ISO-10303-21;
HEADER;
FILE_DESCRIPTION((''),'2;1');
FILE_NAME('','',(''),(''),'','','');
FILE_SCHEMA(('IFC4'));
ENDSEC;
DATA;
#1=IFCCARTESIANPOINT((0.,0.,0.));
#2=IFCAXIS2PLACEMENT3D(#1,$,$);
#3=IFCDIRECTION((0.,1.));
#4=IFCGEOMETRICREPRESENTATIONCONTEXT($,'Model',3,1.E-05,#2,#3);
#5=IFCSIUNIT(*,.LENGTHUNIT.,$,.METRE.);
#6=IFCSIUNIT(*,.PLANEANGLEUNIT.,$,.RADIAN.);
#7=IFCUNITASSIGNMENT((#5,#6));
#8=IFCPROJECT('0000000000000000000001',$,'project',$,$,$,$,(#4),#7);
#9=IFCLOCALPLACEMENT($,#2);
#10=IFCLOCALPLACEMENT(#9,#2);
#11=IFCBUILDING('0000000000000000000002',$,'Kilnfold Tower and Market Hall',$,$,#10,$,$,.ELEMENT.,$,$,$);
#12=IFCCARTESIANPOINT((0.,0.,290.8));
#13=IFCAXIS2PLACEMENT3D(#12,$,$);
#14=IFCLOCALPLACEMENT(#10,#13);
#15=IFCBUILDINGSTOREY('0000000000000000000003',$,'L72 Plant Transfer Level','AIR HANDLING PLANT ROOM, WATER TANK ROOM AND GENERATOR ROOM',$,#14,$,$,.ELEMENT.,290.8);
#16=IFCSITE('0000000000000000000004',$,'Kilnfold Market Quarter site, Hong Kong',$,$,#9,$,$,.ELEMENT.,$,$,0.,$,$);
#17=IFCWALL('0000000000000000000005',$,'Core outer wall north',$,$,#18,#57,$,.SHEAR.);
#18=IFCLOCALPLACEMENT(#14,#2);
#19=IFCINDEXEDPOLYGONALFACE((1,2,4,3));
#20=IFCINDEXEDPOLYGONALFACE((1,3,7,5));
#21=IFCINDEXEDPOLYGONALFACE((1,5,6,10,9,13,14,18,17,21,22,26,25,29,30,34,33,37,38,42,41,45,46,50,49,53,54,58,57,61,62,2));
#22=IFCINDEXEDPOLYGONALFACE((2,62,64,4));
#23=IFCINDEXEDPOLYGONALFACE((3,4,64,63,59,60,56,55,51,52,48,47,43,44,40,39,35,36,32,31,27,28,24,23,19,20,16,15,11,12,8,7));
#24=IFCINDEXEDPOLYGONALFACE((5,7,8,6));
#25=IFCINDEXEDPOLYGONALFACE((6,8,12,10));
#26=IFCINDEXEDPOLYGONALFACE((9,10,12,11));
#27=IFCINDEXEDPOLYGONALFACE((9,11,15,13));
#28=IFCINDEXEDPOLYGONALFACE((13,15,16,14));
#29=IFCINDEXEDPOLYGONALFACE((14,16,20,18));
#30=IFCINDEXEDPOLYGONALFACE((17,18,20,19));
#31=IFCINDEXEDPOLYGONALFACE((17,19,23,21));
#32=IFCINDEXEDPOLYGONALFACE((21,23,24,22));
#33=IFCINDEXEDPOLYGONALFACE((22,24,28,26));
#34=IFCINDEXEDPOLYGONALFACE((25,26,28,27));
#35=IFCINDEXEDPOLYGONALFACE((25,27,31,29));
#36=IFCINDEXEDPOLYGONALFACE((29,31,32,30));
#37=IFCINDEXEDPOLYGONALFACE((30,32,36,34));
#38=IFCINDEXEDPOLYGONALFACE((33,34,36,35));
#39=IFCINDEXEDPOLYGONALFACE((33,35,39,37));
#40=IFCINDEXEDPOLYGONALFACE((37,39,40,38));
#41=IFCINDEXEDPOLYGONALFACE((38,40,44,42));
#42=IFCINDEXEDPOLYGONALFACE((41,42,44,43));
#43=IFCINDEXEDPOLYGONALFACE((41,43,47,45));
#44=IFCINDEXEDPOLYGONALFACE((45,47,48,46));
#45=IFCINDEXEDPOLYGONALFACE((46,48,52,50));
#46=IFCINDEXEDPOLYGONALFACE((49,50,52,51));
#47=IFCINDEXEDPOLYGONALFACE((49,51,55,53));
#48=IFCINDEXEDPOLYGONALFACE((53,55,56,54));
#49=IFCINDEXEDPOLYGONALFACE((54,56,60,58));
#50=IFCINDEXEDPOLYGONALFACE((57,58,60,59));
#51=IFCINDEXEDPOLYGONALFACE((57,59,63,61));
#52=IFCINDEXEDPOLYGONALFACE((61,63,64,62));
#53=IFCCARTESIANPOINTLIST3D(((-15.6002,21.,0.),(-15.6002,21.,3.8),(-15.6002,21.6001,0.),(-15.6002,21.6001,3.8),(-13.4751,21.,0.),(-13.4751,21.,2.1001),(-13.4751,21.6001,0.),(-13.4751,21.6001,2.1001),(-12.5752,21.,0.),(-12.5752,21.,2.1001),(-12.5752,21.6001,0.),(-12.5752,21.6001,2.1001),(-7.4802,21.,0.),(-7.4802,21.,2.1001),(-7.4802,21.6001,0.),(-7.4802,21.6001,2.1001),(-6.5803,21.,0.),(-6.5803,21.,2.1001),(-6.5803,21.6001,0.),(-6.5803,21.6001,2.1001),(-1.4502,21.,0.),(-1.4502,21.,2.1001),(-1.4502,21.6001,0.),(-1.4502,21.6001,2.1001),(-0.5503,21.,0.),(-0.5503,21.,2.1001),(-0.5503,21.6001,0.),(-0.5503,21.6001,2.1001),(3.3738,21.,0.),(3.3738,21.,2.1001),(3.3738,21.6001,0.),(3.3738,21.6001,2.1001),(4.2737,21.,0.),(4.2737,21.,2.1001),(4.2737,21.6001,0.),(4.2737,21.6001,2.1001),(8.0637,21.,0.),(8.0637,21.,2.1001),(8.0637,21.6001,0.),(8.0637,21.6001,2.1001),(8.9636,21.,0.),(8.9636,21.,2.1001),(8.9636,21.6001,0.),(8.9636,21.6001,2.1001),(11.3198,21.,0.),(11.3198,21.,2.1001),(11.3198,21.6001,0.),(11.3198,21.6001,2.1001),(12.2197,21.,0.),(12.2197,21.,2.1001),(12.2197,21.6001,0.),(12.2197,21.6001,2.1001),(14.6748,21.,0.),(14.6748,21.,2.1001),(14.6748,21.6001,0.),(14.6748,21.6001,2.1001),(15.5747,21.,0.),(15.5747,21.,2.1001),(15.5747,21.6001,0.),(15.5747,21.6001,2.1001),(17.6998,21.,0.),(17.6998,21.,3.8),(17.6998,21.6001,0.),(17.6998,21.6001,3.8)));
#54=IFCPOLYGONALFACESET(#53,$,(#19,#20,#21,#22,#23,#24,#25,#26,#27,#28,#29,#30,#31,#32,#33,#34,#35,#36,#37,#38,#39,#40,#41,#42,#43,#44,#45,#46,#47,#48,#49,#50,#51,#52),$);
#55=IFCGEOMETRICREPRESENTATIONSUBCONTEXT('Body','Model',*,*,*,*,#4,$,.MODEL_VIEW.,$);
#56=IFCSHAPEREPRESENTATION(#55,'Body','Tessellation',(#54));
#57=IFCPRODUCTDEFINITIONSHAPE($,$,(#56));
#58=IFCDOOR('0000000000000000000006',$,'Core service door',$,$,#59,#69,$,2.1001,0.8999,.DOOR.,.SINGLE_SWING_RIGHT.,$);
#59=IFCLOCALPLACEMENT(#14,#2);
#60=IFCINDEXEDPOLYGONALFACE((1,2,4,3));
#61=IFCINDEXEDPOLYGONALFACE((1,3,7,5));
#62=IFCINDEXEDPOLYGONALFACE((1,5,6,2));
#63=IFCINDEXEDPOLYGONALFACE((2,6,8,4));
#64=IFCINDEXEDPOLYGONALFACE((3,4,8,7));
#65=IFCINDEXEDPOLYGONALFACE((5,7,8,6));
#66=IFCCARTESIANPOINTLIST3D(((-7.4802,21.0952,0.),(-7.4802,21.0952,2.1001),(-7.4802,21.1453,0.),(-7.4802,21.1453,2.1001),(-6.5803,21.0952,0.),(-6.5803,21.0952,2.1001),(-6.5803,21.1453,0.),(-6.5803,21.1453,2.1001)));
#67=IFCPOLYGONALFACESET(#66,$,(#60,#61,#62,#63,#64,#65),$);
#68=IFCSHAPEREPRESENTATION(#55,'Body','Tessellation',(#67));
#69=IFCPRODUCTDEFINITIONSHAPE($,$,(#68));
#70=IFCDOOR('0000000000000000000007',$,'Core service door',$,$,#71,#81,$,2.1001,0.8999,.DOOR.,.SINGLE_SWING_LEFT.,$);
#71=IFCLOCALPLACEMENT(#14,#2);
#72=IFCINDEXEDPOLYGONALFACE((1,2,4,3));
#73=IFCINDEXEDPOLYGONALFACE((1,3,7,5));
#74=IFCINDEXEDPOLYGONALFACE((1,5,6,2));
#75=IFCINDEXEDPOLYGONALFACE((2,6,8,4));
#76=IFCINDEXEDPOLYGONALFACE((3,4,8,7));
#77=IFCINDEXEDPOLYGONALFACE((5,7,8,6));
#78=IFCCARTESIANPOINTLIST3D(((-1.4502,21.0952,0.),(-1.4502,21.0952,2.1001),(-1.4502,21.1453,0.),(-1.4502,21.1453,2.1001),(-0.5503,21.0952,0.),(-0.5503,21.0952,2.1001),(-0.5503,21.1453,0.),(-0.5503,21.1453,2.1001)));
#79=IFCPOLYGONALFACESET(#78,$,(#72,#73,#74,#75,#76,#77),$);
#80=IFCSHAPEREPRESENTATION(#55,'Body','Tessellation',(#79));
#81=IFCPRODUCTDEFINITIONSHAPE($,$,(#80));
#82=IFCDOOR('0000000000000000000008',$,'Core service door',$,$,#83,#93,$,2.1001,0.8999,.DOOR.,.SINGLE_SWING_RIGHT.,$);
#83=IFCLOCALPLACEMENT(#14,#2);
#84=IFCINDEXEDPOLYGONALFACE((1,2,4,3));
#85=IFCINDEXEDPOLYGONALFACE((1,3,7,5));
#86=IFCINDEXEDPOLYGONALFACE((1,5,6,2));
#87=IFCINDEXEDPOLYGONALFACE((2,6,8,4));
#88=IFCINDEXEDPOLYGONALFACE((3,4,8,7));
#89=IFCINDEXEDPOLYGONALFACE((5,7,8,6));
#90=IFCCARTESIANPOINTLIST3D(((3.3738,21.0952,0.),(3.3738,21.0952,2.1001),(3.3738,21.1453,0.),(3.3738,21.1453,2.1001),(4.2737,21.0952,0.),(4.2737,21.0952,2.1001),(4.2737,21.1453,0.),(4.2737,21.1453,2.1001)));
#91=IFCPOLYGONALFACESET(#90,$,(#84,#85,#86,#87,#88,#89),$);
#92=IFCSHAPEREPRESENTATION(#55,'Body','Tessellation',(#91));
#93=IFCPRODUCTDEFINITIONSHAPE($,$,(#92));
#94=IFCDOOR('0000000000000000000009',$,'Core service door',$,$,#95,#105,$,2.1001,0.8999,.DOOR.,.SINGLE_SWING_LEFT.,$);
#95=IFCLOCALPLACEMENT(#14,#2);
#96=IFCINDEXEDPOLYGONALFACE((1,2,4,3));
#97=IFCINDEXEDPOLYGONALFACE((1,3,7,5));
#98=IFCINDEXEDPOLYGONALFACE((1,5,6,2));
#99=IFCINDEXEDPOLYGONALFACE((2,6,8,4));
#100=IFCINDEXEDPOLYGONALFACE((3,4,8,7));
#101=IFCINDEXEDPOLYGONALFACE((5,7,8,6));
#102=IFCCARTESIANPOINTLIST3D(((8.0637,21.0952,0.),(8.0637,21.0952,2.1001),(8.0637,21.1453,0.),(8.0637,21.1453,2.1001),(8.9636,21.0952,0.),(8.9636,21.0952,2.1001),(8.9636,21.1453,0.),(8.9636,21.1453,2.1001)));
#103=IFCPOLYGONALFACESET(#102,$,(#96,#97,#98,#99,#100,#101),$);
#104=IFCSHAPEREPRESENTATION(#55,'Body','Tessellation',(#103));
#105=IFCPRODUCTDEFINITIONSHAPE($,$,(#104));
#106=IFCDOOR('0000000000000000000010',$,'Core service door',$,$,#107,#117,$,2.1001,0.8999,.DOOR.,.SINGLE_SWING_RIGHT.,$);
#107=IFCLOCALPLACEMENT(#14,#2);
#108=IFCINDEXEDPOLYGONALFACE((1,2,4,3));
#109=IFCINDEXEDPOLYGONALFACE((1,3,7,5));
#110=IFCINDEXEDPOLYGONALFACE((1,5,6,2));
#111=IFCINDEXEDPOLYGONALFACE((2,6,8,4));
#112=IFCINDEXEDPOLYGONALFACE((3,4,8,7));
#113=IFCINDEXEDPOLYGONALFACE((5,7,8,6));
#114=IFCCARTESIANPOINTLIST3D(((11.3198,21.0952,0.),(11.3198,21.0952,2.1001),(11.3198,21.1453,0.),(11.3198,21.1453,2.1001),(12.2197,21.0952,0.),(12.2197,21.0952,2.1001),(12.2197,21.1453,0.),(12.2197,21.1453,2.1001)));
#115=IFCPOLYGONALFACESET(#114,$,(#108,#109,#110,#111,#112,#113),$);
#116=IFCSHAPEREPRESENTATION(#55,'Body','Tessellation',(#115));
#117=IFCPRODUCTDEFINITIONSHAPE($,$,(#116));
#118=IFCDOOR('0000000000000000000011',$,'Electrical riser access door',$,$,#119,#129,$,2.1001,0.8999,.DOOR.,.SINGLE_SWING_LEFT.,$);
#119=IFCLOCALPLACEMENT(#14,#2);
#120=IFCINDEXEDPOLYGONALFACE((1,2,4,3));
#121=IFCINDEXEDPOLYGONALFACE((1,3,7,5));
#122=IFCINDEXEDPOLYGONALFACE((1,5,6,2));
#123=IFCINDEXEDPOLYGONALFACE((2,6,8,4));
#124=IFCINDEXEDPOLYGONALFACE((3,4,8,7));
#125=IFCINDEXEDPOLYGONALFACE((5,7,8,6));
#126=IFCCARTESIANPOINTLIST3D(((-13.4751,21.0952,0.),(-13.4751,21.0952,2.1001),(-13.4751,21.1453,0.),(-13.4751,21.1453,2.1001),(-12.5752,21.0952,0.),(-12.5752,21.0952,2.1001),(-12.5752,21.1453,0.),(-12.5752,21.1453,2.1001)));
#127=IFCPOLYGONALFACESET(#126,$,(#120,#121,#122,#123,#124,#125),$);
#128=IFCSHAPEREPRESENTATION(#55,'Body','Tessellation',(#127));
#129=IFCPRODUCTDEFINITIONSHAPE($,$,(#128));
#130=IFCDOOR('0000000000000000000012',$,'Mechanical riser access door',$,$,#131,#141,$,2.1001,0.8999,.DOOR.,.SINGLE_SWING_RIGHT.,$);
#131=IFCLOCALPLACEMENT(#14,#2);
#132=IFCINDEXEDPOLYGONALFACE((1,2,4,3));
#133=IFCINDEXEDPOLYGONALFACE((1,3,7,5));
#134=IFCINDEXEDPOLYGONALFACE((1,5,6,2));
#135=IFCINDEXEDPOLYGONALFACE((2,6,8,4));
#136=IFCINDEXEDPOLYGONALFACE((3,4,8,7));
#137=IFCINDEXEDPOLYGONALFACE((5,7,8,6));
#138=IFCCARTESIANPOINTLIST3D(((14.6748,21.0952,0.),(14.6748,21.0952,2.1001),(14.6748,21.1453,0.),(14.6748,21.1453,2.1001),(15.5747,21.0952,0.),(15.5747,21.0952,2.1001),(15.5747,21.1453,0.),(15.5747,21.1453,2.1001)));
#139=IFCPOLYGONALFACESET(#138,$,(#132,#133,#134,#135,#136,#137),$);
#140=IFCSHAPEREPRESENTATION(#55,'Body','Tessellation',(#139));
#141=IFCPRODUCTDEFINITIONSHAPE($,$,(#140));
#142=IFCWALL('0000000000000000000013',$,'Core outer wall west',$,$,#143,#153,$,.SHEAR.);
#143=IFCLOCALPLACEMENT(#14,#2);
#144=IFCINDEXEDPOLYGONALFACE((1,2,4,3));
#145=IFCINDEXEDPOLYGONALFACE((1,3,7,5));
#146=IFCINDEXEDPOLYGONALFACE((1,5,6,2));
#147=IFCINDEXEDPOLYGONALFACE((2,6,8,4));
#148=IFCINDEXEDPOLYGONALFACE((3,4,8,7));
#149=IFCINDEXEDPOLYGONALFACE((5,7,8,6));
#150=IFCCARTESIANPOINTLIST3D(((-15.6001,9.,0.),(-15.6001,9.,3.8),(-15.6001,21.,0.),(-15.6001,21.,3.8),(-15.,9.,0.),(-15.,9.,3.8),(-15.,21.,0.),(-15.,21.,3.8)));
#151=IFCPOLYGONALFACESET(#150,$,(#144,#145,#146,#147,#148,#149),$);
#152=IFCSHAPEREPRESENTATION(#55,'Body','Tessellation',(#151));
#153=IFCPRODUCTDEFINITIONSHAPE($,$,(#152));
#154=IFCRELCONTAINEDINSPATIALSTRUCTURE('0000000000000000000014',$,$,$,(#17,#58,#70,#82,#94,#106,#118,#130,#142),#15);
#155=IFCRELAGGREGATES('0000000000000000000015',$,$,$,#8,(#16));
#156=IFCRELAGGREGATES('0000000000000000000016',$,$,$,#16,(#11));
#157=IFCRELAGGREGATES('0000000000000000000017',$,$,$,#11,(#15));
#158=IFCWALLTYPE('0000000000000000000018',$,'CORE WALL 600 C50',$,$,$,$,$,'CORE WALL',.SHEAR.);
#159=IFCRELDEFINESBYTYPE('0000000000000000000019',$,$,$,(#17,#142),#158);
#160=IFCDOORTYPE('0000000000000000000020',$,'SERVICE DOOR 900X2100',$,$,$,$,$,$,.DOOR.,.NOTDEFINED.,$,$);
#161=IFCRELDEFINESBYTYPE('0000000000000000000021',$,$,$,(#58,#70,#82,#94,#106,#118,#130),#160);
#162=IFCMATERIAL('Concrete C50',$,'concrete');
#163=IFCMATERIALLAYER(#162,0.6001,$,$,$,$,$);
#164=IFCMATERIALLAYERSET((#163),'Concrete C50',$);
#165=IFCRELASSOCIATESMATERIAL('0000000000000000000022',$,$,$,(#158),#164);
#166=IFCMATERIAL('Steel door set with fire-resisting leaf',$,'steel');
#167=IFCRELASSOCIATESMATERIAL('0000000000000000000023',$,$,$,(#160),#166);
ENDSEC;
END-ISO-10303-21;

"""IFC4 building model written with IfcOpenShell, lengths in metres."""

from ifc_helpers import new_model, si_unit, direction, frame, frame_2d, origin, place, context, subcontext, project, spatial, rectangle, extrude, source, transform, mapped, material, layer, layer_set, type_object, element, fill, save


model = new_model("IFC4")

# Units and contexts
model_context = context("Model", 3, precision=1e-05, world=origin(), true_north=direction((0.0, 1.0)))
body_context = subcontext(model_context, "Body", "Model", "MODEL_VIEW")
ifc_project = project(units=[si_unit("LENGTHUNIT", "METRE"), si_unit("PLANEANGLEUNIT", "RADIAN")], contexts=[model_context])

# Site, building, storey
site_placement = place(None, origin())
site = spatial("IfcSite", under=ifc_project, at=site_placement, Name="Kilnfold Market Quarter site, Hong Kong", CompositionType="ELEMENT", RefElevation=0.0)
building_placement = place(site_placement, origin())
building = spatial("IfcBuilding", under=site, at=building_placement, Name="Kilnfold Tower and Market Hall", CompositionType="ELEMENT")
storey_placement = place(building_placement, frame((0.0, 0.0, 290.8)))
storey = spatial("IfcBuildingStorey", under=building, at=storey_placement, Name="L72 Plant Transfer Level", Description="AIR HANDLING PLANT ROOM, WATER TANK ROOM AND GENERATOR ROOM", CompositionType="ELEMENT", Elevation=290.8)

# Shared definitions
ifc_material_1 = material(Name="Concrete C50", Category="concrete")
ifc_layer_1 = layer(ifc_material_1, 0.6001)
ifc_layer_set_1 = layer_set([ifc_layer_1], Name="Concrete C50")
wall_type_1 = type_object("IfcWallType", Name="CORE WALL 600 C50", ElementType="CORE WALL", PredefinedType="SHEAR", material=ifc_layer_set_1)

# Wall, openings, doors
shared_shape_1 = source(origin(), body_context, "Body", "SweptSolid", [
    extrude(rectangle(XDim=33.3, YDim=0.6001, at=frame_2d((16.6499, 0.0))), origin(), (0.0, 0.0, 1.0), 3.8),
])
wall_1_placement = place(storey_placement, frame((-15.6001, 21.3, 0.0), z_axis=(0.0, 0.0, 1.0), x_axis=(1.0, 0.0, 0.0)))
wall_1 = element("IfcWall", 1, at=wall_1_placement, inside=storey, type_object=wall_type_1, Name="Core outer wall north", PredefinedType="SHEAR", context=body_context, shape_type="MappedRepresentation", body=[
    mapped(shared_shape_1, transform((0.0, 0.0, 0.0))),
])
opening_1_placement = place(wall_1_placement, frame((8.1199, 0.0, 0.0)))
opening_1 = element("IfcOpeningElement", 2, at=opening_1_placement, cuts=wall_1, PredefinedType="OPENING", context=body_context, shape_type="SweptSolid", body=[
    extrude(rectangle(XDim=0.8999, YDim=2.1001, at=frame_2d((0.45, 1.05))), frame((0.0, 0.3101, 0.0), z_axis=(0.0, -1.0, 0.0), x_axis=(1.0, 0.0, 0.0)), (0.0, 0.0, 1.0), 0.6201),
])
opening_2_placement = place(wall_1_placement, frame((14.1499, 0.0, 0.0)))
opening_2 = element("IfcOpeningElement", 3, at=opening_2_placement, cuts=wall_1, PredefinedType="OPENING", context=body_context, shape_type="SweptSolid", body=[
    extrude(rectangle(XDim=0.8999, YDim=2.1001, at=frame_2d((0.45, 1.05))), frame((0.0, 0.3101, 0.0), z_axis=(0.0, -1.0, 0.0), x_axis=(1.0, 0.0, 0.0)), (0.0, 0.0, 1.0), 0.6201),
])
opening_3_placement = place(wall_1_placement, frame((18.9739, 0.0, 0.0)))
opening_3 = element("IfcOpeningElement", 4, at=opening_3_placement, cuts=wall_1, PredefinedType="OPENING", context=body_context, shape_type="SweptSolid", body=[
    extrude(rectangle(XDim=0.8999, YDim=2.1001, at=frame_2d((0.45, 1.05))), frame((0.0, 0.3101, 0.0), z_axis=(0.0, -1.0, 0.0), x_axis=(1.0, 0.0, 0.0)), (0.0, 0.0, 1.0), 0.6201),
])
opening_4_placement = place(wall_1_placement, frame((23.6638, 0.0, 0.0)))
opening_4 = element("IfcOpeningElement", 5, at=opening_4_placement, cuts=wall_1, PredefinedType="OPENING", context=body_context, shape_type="SweptSolid", body=[
    extrude(rectangle(XDim=0.8999, YDim=2.1001, at=frame_2d((0.45, 1.05))), frame((0.0, 0.3101, 0.0), z_axis=(0.0, -1.0, 0.0), x_axis=(1.0, 0.0, 0.0)), (0.0, 0.0, 1.0), 0.6201),
])
opening_5_placement = place(wall_1_placement, frame((26.9199, 0.0, 0.0)))
opening_5 = element("IfcOpeningElement", 6, at=opening_5_placement, cuts=wall_1, PredefinedType="OPENING", context=body_context, shape_type="SweptSolid", body=[
    extrude(rectangle(XDim=0.8999, YDim=2.1001, at=frame_2d((0.45, 1.05))), frame((0.0, 0.3101, 0.0), z_axis=(0.0, -1.0, 0.0), x_axis=(1.0, 0.0, 0.0)), (0.0, 0.0, 1.0), 0.6201),
])
opening_6_placement = place(wall_1_placement, frame((2.125, 0.0, 0.0)))
opening_6 = element("IfcOpeningElement", 7, at=opening_6_placement, cuts=wall_1, PredefinedType="OPENING", context=body_context, shape_type="SweptSolid", body=[
    extrude(rectangle(XDim=0.8999, YDim=2.1001, at=frame_2d((0.45, 1.05))), frame((0.0, 0.3101, 0.0), z_axis=(0.0, -1.0, 0.0), x_axis=(1.0, 0.0, 0.0)), (0.0, 0.0, 1.0), 0.6201),
])
opening_7_placement = place(wall_1_placement, frame((30.2749, 0.0, 0.0)))
opening_7 = element("IfcOpeningElement", 8, at=opening_7_placement, cuts=wall_1, PredefinedType="OPENING", context=body_context, shape_type="SweptSolid", body=[
    extrude(rectangle(XDim=0.8999, YDim=2.1001, at=frame_2d((0.45, 1.05))), frame((0.0, 0.3101, 0.0), z_axis=(0.0, -1.0, 0.0), x_axis=(1.0, 0.0, 0.0)), (0.0, 0.0, 1.0), 0.6201),
])
ifc_material_2 = material(Name="Steel door set with fire-resisting leaf", Category="steel")
door_type_1 = type_object("IfcDoorType", Name="SERVICE DOOR 900X2100", OperationType="NOTDEFINED", PredefinedType="DOOR", material=ifc_material_2)
door_1_placement = place(opening_1_placement, origin())
door_1 = element("IfcDoor", 9, at=door_1_placement, inside=storey, type_object=door_type_1, Name="Core service door", OperationType="SINGLE_SWING_RIGHT", OverallHeight=2.1001, OverallWidth=0.8999, PredefinedType="DOOR", context=body_context, shape_type="SweptSolid", body=[
    extrude(rectangle(XDim=0.8999, YDim=2.1001, at=frame_2d((0.45, 1.05))), frame((0.0, -0.1548, 0.0), z_axis=(0.0, -1.0, 0.0), x_axis=(1.0, 0.0, 0.0)), (0.0, 0.0, 1.0), 0.05),
])
fill(opening_1, door_1)
door_2_placement = place(opening_2_placement, origin())
door_2 = element("IfcDoor", 10, at=door_2_placement, inside=storey, type_object=door_type_1, Name="Core service door", OperationType="SINGLE_SWING_LEFT", OverallHeight=2.1001, OverallWidth=0.8999, PredefinedType="DOOR", context=body_context, shape_type="SweptSolid", body=[
    extrude(rectangle(XDim=0.8999, YDim=2.1001, at=frame_2d((0.45, 1.05))), frame((0.0, -0.1548, 0.0), z_axis=(0.0, -1.0, 0.0), x_axis=(1.0, 0.0, 0.0)), (0.0, 0.0, 1.0), 0.05),
])
fill(opening_2, door_2)
door_3_placement = place(opening_3_placement, origin())
door_3 = element("IfcDoor", 11, at=door_3_placement, inside=storey, type_object=door_type_1, Name="Core service door", OperationType="SINGLE_SWING_RIGHT", OverallHeight=2.1001, OverallWidth=0.8999, PredefinedType="DOOR", context=body_context, shape_type="SweptSolid", body=[
    extrude(rectangle(XDim=0.8999, YDim=2.1001, at=frame_2d((0.45, 1.05))), frame((0.0, -0.1548, 0.0), z_axis=(0.0, -1.0, 0.0), x_axis=(1.0, 0.0, 0.0)), (0.0, 0.0, 1.0), 0.05),
])
fill(opening_3, door_3)
door_4_placement = place(opening_4_placement, origin())
door_4 = element("IfcDoor", 12, at=door_4_placement, inside=storey, type_object=door_type_1, Name="Core service door", OperationType="SINGLE_SWING_LEFT", OverallHeight=2.1001, OverallWidth=0.8999, PredefinedType="DOOR", context=body_context, shape_type="SweptSolid", body=[
    extrude(rectangle(XDim=0.8999, YDim=2.1001, at=frame_2d((0.45, 1.05))), frame((0.0, -0.1548, 0.0), z_axis=(0.0, -1.0, 0.0), x_axis=(1.0, 0.0, 0.0)), (0.0, 0.0, 1.0), 0.05),
])
fill(opening_4, door_4)
door_5_placement = place(opening_5_placement, origin())
door_5 = element("IfcDoor", 13, at=door_5_placement, inside=storey, type_object=door_type_1, Name="Core service door", OperationType="SINGLE_SWING_RIGHT", OverallHeight=2.1001, OverallWidth=0.8999, PredefinedType="DOOR", context=body_context, shape_type="SweptSolid", body=[
    extrude(rectangle(XDim=0.8999, YDim=2.1001, at=frame_2d((0.45, 1.05))), frame((0.0, -0.1548, 0.0), z_axis=(0.0, -1.0, 0.0), x_axis=(1.0, 0.0, 0.0)), (0.0, 0.0, 1.0), 0.05),
])
fill(opening_5, door_5)
door_6_placement = place(opening_6_placement, origin())
door_6 = element("IfcDoor", 14, at=door_6_placement, inside=storey, type_object=door_type_1, Name="Electrical riser access door", OperationType="SINGLE_SWING_LEFT", OverallHeight=2.1001, OverallWidth=0.8999, PredefinedType="DOOR", context=body_context, shape_type="SweptSolid", body=[
    extrude(rectangle(XDim=0.8999, YDim=2.1001, at=frame_2d((0.45, 1.05))), frame((0.0, -0.1548, 0.0), z_axis=(0.0, -1.0, 0.0), x_axis=(1.0, 0.0, 0.0)), (0.0, 0.0, 1.0), 0.05),
])
fill(opening_6, door_6)
door_7_placement = place(opening_7_placement, origin())
door_7 = element("IfcDoor", 15, at=door_7_placement, inside=storey, type_object=door_type_1, Name="Mechanical riser access door", OperationType="SINGLE_SWING_RIGHT", OverallHeight=2.1001, OverallWidth=0.8999, PredefinedType="DOOR", context=body_context, shape_type="SweptSolid", body=[
    extrude(rectangle(XDim=0.8999, YDim=2.1001, at=frame_2d((0.45, 1.05))), frame((0.0, -0.1548, 0.0), z_axis=(0.0, -1.0, 0.0), x_axis=(1.0, 0.0, 0.0)), (0.0, 0.0, 1.0), 0.05),
])
fill(opening_7, door_7)

# Wall
shared_shape_2 = source(origin(), body_context, "Body", "SweptSolid", [
    extrude(rectangle(XDim=12.0, YDim=0.6001, at=frame_2d((6.0, 0.0))), origin(), (0.0, 0.0, 1.0), 3.8),
])
wall_2_placement = place(storey_placement, frame((-15.3, 9.0, 0.0), z_axis=(0.0, 0.0, 1.0), x_axis=(0.0, 1.0, 0.0)))
element("IfcWall", 16, at=wall_2_placement, inside=storey, type_object=wall_type_1, Name="Core outer wall west", PredefinedType="SHEAR", context=body_context, shape_type="MappedRepresentation", body=[
    mapped(shared_shape_2, transform((0.0, 0.0, 0.0))),
])

save(model, "model.ifc")
